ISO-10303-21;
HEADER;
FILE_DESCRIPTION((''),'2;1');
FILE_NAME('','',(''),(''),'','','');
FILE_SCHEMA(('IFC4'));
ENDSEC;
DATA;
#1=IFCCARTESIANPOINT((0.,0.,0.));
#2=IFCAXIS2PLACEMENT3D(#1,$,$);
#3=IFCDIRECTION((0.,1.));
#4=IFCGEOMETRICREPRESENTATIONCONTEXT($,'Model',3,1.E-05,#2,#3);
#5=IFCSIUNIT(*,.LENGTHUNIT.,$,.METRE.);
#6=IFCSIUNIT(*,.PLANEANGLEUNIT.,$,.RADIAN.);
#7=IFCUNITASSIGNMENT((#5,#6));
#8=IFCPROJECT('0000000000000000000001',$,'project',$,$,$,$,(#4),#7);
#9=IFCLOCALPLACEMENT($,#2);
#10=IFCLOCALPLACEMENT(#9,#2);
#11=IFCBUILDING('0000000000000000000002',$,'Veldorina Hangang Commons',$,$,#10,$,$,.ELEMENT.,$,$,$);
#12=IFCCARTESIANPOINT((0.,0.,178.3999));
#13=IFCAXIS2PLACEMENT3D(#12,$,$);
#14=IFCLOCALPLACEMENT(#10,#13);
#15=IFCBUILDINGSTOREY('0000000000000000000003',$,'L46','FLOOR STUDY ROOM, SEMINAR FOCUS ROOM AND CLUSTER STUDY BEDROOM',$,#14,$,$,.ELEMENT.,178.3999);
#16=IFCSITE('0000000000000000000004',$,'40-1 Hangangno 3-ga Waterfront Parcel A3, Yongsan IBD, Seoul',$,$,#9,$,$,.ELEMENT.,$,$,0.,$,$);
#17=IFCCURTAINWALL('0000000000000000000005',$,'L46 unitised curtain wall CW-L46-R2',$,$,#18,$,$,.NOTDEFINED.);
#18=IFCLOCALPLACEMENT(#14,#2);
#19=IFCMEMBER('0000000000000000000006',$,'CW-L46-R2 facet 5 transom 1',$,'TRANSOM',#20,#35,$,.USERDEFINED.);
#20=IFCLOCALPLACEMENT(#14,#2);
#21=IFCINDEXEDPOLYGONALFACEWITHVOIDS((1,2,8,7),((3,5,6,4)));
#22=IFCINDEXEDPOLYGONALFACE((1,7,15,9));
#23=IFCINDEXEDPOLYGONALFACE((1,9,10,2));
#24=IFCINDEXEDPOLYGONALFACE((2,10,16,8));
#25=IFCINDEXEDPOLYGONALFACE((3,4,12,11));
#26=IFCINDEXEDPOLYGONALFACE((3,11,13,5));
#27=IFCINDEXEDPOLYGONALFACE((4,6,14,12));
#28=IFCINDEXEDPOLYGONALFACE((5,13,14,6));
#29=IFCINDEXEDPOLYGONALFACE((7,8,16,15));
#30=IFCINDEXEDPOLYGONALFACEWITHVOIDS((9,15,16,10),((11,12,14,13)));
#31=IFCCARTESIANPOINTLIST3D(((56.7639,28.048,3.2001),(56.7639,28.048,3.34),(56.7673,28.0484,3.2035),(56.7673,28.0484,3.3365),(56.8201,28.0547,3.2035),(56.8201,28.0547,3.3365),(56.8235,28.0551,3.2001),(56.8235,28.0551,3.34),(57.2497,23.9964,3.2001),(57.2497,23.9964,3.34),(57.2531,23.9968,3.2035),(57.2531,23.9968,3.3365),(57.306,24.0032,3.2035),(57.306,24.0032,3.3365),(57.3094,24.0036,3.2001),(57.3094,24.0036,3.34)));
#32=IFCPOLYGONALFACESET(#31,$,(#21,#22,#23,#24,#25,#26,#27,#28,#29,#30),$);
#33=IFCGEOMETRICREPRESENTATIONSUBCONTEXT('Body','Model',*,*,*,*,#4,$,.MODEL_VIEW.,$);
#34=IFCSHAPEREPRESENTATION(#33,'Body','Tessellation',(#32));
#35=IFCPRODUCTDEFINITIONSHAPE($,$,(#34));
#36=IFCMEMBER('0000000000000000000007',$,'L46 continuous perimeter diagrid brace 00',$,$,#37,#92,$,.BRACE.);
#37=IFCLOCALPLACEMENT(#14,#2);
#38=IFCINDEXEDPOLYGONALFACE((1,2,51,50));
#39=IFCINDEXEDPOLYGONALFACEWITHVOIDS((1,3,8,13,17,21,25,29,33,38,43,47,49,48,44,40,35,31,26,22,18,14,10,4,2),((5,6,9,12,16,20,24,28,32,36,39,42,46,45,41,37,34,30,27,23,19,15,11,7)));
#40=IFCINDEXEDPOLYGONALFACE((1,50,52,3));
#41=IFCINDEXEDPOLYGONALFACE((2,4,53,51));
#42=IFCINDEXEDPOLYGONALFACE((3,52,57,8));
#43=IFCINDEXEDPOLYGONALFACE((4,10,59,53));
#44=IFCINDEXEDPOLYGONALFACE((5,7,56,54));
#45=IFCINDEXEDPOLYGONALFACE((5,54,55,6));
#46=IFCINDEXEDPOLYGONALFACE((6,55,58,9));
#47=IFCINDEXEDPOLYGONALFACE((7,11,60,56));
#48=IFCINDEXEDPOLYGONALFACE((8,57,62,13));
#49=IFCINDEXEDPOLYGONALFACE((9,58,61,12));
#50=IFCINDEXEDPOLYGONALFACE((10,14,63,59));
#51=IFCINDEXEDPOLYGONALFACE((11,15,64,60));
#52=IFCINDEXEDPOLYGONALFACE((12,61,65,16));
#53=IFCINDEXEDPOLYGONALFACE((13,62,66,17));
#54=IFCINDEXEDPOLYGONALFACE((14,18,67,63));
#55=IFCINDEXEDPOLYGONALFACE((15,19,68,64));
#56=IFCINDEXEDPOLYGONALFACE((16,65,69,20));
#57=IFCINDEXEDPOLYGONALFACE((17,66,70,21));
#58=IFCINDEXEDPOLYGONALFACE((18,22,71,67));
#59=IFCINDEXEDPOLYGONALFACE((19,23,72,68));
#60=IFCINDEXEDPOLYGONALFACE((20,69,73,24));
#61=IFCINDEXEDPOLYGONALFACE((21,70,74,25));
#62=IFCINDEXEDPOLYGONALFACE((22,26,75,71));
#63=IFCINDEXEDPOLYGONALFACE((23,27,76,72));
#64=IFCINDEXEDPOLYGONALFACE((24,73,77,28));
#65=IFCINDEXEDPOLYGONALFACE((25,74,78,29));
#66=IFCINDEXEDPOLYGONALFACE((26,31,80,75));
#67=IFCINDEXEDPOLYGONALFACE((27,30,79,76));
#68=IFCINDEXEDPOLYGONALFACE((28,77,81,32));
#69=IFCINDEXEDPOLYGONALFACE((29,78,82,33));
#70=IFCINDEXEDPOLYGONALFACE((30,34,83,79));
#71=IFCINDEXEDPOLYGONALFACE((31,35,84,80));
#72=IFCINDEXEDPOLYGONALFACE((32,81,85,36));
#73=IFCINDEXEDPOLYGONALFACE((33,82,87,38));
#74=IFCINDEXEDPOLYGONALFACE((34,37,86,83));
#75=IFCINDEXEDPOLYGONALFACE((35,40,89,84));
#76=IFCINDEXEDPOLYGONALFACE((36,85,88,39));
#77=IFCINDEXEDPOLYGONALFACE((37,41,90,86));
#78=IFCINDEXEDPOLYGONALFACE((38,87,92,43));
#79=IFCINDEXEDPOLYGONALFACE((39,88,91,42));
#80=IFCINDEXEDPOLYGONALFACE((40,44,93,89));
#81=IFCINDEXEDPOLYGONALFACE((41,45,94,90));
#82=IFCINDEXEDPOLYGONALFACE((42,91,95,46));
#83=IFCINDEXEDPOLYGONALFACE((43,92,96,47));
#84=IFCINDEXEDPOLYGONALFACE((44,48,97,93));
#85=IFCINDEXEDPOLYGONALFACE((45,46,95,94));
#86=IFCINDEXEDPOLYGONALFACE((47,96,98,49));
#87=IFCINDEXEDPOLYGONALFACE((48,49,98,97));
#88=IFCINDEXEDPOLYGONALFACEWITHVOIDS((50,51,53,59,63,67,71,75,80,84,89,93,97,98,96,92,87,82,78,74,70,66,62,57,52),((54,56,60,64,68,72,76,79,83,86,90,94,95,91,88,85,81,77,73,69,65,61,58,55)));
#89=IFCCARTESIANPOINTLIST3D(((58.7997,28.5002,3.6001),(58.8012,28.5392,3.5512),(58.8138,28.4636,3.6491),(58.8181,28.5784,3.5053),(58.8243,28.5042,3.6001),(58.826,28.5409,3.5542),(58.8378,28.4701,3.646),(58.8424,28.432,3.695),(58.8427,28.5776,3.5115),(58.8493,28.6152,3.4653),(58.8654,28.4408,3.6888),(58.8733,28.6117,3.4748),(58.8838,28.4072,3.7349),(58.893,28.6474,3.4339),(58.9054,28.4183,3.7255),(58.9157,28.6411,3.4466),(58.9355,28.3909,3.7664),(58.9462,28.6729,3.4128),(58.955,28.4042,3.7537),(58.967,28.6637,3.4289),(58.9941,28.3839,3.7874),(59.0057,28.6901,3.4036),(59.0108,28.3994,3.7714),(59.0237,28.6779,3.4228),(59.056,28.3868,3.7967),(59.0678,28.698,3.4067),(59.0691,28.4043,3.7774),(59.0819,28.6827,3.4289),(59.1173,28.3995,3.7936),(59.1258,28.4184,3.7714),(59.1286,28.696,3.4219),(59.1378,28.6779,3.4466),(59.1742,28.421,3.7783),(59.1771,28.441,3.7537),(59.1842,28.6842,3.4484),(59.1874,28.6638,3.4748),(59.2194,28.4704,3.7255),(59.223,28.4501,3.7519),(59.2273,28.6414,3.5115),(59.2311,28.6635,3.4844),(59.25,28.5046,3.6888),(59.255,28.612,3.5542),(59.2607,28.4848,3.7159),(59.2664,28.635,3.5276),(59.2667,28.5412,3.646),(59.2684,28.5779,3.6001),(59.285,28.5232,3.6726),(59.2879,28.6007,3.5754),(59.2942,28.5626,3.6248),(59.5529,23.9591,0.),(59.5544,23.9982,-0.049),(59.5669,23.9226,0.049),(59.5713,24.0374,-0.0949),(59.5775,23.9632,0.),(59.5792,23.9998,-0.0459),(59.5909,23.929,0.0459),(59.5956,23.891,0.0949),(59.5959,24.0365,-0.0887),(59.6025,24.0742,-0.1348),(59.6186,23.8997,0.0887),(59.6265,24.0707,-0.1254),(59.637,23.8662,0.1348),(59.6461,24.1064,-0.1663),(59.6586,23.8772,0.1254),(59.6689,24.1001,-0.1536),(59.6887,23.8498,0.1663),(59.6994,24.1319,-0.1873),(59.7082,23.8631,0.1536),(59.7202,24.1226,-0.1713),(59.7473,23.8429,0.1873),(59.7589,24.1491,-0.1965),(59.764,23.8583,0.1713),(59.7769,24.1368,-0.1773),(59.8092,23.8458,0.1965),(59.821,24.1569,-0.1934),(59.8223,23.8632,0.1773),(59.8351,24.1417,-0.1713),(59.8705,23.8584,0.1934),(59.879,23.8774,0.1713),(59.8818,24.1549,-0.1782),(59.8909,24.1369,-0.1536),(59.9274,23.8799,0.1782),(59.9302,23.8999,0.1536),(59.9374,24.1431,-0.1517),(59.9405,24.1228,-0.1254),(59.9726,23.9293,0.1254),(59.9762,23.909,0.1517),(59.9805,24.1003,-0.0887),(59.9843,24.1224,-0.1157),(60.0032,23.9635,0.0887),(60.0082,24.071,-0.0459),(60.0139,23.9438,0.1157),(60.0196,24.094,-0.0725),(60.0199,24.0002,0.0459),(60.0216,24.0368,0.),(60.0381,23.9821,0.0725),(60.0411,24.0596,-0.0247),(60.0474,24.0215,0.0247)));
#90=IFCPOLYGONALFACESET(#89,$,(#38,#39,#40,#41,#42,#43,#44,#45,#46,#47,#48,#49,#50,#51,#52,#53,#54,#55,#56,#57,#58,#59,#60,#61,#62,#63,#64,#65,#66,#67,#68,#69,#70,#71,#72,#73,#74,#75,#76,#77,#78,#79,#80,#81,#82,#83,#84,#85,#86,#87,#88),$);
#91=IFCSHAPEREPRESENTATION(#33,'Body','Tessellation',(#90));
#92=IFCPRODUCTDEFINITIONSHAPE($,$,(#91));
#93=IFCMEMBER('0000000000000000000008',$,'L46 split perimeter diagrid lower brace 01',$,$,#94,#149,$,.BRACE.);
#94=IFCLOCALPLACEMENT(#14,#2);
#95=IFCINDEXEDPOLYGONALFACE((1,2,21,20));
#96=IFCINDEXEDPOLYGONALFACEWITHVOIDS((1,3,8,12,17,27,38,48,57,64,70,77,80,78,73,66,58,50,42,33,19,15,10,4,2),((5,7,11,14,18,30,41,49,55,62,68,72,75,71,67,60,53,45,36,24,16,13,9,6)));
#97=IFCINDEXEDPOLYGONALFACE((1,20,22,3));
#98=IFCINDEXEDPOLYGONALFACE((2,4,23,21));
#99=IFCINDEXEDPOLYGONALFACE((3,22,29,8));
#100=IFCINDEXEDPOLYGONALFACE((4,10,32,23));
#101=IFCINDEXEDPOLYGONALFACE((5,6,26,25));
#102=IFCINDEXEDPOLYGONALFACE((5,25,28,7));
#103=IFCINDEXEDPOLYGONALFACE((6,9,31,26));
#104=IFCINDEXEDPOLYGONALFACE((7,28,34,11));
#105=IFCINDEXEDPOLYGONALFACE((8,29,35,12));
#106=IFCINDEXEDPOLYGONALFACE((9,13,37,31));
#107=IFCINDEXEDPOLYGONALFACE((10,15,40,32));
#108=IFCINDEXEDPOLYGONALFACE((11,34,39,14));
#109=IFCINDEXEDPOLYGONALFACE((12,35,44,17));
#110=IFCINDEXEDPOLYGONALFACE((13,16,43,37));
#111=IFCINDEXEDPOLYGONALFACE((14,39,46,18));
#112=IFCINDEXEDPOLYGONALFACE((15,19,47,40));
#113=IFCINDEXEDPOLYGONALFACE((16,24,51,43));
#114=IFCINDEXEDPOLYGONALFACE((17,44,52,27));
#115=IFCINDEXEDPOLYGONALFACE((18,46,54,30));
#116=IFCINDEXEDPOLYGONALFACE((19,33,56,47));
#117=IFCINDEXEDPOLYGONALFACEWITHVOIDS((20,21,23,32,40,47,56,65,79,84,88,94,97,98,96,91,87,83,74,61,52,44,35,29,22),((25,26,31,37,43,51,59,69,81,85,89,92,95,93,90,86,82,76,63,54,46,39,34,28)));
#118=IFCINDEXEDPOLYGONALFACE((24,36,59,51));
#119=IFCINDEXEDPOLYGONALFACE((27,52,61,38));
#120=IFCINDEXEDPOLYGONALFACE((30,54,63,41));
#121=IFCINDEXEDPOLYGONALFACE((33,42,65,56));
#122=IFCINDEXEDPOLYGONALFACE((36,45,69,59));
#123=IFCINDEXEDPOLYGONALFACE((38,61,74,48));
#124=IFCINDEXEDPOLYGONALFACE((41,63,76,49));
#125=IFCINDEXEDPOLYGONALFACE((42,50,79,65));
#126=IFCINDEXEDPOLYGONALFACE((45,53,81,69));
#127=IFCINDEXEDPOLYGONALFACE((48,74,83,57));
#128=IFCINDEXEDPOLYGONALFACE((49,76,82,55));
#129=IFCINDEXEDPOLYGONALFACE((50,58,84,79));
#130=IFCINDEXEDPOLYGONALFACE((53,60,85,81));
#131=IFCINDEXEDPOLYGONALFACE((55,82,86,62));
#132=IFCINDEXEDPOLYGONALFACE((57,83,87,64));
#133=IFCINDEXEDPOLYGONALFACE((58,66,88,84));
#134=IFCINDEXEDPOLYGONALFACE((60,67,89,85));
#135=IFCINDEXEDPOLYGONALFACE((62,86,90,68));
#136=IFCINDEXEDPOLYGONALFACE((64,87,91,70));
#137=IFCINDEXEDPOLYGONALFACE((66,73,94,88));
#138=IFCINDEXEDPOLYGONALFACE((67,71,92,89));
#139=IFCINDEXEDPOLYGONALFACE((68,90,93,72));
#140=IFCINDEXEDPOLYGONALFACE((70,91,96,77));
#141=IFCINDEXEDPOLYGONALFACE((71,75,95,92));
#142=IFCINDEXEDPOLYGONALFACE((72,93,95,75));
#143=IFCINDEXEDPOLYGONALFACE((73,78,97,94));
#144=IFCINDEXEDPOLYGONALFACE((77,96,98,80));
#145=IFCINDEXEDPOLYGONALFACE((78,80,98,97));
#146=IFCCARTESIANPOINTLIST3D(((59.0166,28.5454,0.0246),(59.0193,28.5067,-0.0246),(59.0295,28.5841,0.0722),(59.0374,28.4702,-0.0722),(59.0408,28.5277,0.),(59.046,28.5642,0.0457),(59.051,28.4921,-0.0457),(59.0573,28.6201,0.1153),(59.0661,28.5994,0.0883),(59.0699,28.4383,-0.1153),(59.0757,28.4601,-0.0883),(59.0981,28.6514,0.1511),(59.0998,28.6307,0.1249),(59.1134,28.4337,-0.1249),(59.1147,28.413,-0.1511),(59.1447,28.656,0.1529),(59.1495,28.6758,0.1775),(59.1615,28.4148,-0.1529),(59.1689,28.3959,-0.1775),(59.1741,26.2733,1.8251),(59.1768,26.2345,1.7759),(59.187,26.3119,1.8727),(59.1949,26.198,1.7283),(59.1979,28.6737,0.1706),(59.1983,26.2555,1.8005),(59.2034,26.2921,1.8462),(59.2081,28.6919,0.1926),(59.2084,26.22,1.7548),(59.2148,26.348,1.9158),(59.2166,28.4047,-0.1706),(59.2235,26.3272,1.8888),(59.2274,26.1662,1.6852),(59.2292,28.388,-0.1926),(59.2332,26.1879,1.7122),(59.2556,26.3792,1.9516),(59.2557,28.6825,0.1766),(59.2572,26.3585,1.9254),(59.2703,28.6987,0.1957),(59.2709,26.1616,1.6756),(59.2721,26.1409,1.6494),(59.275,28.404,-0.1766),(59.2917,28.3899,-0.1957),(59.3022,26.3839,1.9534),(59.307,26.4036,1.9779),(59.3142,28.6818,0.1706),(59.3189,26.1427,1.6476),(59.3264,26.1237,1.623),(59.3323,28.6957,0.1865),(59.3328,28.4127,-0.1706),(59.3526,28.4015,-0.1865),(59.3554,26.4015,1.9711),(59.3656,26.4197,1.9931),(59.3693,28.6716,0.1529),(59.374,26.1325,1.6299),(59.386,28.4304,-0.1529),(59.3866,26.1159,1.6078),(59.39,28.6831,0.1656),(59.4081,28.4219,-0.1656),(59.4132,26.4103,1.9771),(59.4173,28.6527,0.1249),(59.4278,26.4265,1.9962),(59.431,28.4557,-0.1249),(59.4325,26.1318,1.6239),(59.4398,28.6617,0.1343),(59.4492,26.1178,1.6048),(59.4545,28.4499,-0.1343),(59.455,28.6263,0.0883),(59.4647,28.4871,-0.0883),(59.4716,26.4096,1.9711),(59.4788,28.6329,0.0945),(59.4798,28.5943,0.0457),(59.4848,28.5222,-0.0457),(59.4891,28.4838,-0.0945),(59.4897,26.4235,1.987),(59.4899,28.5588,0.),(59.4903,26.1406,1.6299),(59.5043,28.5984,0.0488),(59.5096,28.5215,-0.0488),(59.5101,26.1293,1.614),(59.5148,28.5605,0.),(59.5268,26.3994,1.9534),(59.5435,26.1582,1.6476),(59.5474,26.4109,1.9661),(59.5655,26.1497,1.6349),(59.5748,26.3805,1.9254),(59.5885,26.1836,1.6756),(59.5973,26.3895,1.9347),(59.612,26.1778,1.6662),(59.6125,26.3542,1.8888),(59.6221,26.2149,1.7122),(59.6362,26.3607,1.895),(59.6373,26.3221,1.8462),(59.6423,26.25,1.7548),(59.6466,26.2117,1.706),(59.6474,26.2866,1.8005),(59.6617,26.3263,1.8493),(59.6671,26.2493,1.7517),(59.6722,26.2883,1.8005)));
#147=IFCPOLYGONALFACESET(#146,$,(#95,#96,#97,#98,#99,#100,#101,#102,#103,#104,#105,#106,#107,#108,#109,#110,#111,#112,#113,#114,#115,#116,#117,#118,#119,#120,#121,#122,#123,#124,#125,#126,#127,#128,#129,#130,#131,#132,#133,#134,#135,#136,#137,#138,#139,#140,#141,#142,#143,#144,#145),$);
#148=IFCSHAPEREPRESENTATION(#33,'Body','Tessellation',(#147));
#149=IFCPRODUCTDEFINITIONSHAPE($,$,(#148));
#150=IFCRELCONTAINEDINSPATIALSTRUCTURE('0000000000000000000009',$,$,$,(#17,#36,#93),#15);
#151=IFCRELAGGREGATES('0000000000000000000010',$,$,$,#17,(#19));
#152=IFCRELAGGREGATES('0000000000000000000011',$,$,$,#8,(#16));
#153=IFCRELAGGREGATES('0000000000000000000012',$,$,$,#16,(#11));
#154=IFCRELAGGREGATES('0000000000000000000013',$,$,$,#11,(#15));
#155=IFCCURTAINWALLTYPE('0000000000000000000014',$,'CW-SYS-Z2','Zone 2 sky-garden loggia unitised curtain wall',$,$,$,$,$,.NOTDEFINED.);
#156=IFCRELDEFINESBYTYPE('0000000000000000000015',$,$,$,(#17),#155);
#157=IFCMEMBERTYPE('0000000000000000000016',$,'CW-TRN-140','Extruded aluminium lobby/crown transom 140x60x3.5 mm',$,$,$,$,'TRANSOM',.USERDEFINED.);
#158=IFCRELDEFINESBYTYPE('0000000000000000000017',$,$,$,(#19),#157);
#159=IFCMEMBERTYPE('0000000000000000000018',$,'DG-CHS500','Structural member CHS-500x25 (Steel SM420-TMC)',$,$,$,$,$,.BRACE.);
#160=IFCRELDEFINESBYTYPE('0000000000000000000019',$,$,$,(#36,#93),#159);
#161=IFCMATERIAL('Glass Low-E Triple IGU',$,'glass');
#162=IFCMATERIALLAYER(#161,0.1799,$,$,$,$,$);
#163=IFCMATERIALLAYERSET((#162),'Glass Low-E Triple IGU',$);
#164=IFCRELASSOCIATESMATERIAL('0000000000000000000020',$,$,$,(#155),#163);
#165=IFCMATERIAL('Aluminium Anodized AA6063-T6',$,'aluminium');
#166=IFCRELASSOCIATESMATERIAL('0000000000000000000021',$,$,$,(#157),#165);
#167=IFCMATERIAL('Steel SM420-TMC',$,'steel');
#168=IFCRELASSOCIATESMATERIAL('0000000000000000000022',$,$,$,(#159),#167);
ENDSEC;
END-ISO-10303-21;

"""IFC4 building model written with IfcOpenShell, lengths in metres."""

from ifc_helpers import new_model, si_unit, direction, frame, origin, origin_2d, place, context, subcontext, project, spatial, hollow_rectangle, hollow_circle, extrude, material, layer, layer_set, material_profile, profile_set, type_object, element, aggregate, save


model = new_model("IFC4")

# Units and contexts
model_context = context("Model", 3, precision=1e-05, world=origin(), true_north=direction((0.0, 1.0)))
body_context = subcontext(model_context, "Body", "Model", "MODEL_VIEW")
ifc_project = project(units=[si_unit("LENGTHUNIT", "METRE"), si_unit("PLANEANGLEUNIT", "RADIAN")], contexts=[model_context])

# Site, building, storey
site_placement = place(None, origin())
site = spatial("IfcSite", under=ifc_project, at=site_placement, Name="40-1 Hangangno 3-ga Waterfront Parcel A3, Yongsan IBD, Seoul", CompositionType="ELEMENT", RefElevation=0.0)
building_placement = place(site_placement, origin())
building = spatial("IfcBuilding", under=site, at=building_placement, Name="Veldorina Hangang Commons", CompositionType="ELEMENT")
storey_placement = place(building_placement, frame((0.0, 0.0, 178.3999)))
storey = spatial("IfcBuildingStorey", under=building, at=storey_placement, Name="L46", Description="FLOOR STUDY ROOM, SEMINAR FOCUS ROOM AND CLUSTER STUDY BEDROOM", CompositionType="ELEMENT", Elevation=178.3999)

# Shared definitions
ifc_material_1 = material(Name="Steel SM420-TMC", Category="steel")

# Curtain wall, member
ifc_material_2 = material(Name="Glass Low-E Triple IGU", Category="glass")
ifc_layer_1 = layer(ifc_material_2, 0.1799)
ifc_layer_set_1 = layer_set([ifc_layer_1], Name="Glass Low-E Triple IGU")
curtain_wall_type = type_object("IfcCurtainWallType", Name="CW-SYS-Z2", Description="Zone 2 sky-garden loggia unitised curtain wall", PredefinedType="NOTDEFINED", material=ifc_layer_set_1)
curtain_wall_placement = place(storey_placement, origin())
curtain_wall = element("IfcCurtainWall", 1, at=curtain_wall_placement, inside=storey, type_object=curtain_wall_type, Name="L46 unitised curtain wall CW-L46-R2", PredefinedType="NOTDEFINED")
ifc_material_3 = material(Name="Aluminium Anodized AA6063-T6", Category="aluminium")
ifc_material_profile_1 = material_profile(ifc_material_3, hollow_rectangle(XDim=0.0601, YDim=0.1399, WallThickness=0.0034, at=origin_2d()), Name="ALU-RHS-140x60x3.5")
ifc_profile_set_1 = profile_set([ifc_material_profile_1], Name="Aluminium Anodized AA6063-T6")
member_type_1 = type_object("IfcMemberType", Name="CW-TRN-140", Description="Extruded aluminium lobby/crown transom 140x60x3.5 mm", ElementType="TRANSOM", PredefinedType="USERDEFINED", material=ifc_profile_set_1)
member_1_placement = place(storey_placement, frame((57.2795, 24.0, 3.27), z_axis=(-0.119063, 0.992887, 0.0), x_axis=(-0.992887, -0.119063, 0.0)))
member_1 = element("IfcMember", 2, at=member_1_placement, type_object=member_type_1, Name="CW-L46-R2 facet 5 transom 1", ObjectType="TRANSOM", PredefinedType="USERDEFINED", context=body_context, shape_type="SweptSolid", body=[
    extrude(hollow_rectangle(XDim=0.0601, YDim=0.1399, WallThickness=0.0034, at=origin_2d()), origin(), (0.0, 0.0, 1.0), 4.0806),
])

# Members
ifc_material_profile_2 = material_profile(ifc_material_1, hollow_circle(Radius=0.25, WallThickness=0.0249, at=origin_2d()), Name="CHS-500x25")
ifc_profile_set_2 = profile_set([ifc_material_profile_2], Name="Steel SM420-TMC")
member_type_2 = type_object("IfcMemberType", Name="DG-CHS500", Description="Structural member CHS-500x25 (Steel SM420-TMC)", PredefinedType="BRACE", material=ifc_profile_set_2)
member_2_placement = place(storey_placement, frame((59.7996, 24.0, 0.0), z_axis=(-0.128887, 0.777079, 0.616065), x_axis=(-0.986523, -0.163625, 0.0)))
element("IfcMember", 3, at=member_2_placement, inside=storey, type_object=member_type_2, Name="L46 continuous perimeter diagrid brace 00", PredefinedType="BRACE", context=body_context, shape_type="SweptSolid", body=[
    extrude(hollow_circle(Radius=0.25, WallThickness=0.0249, at=origin_2d()), origin(), (0.0, 0.0, 1.0), 5.8438),
])
member_3_placement = place(storey_placement, frame((59.2654, 28.5432, 0.0), z_axis=(0.054237, -0.782607, 0.620149), x_axis=(0.997607, 0.069137, 0.0)))
element("IfcMember", 4, at=member_3_placement, inside=storey, type_object=member_type_2, Name="L46 split perimeter diagrid lower brace 01", PredefinedType="BRACE", context=body_context, shape_type="SweptSolid", body=[
    extrude(hollow_circle(Radius=0.25, WallThickness=0.0249, at=origin_2d()), origin(), (0.0, 0.0, 1.0), 2.9033),
])

aggregate(curtain_wall, [member_1])

save(model, "model.ifc")
